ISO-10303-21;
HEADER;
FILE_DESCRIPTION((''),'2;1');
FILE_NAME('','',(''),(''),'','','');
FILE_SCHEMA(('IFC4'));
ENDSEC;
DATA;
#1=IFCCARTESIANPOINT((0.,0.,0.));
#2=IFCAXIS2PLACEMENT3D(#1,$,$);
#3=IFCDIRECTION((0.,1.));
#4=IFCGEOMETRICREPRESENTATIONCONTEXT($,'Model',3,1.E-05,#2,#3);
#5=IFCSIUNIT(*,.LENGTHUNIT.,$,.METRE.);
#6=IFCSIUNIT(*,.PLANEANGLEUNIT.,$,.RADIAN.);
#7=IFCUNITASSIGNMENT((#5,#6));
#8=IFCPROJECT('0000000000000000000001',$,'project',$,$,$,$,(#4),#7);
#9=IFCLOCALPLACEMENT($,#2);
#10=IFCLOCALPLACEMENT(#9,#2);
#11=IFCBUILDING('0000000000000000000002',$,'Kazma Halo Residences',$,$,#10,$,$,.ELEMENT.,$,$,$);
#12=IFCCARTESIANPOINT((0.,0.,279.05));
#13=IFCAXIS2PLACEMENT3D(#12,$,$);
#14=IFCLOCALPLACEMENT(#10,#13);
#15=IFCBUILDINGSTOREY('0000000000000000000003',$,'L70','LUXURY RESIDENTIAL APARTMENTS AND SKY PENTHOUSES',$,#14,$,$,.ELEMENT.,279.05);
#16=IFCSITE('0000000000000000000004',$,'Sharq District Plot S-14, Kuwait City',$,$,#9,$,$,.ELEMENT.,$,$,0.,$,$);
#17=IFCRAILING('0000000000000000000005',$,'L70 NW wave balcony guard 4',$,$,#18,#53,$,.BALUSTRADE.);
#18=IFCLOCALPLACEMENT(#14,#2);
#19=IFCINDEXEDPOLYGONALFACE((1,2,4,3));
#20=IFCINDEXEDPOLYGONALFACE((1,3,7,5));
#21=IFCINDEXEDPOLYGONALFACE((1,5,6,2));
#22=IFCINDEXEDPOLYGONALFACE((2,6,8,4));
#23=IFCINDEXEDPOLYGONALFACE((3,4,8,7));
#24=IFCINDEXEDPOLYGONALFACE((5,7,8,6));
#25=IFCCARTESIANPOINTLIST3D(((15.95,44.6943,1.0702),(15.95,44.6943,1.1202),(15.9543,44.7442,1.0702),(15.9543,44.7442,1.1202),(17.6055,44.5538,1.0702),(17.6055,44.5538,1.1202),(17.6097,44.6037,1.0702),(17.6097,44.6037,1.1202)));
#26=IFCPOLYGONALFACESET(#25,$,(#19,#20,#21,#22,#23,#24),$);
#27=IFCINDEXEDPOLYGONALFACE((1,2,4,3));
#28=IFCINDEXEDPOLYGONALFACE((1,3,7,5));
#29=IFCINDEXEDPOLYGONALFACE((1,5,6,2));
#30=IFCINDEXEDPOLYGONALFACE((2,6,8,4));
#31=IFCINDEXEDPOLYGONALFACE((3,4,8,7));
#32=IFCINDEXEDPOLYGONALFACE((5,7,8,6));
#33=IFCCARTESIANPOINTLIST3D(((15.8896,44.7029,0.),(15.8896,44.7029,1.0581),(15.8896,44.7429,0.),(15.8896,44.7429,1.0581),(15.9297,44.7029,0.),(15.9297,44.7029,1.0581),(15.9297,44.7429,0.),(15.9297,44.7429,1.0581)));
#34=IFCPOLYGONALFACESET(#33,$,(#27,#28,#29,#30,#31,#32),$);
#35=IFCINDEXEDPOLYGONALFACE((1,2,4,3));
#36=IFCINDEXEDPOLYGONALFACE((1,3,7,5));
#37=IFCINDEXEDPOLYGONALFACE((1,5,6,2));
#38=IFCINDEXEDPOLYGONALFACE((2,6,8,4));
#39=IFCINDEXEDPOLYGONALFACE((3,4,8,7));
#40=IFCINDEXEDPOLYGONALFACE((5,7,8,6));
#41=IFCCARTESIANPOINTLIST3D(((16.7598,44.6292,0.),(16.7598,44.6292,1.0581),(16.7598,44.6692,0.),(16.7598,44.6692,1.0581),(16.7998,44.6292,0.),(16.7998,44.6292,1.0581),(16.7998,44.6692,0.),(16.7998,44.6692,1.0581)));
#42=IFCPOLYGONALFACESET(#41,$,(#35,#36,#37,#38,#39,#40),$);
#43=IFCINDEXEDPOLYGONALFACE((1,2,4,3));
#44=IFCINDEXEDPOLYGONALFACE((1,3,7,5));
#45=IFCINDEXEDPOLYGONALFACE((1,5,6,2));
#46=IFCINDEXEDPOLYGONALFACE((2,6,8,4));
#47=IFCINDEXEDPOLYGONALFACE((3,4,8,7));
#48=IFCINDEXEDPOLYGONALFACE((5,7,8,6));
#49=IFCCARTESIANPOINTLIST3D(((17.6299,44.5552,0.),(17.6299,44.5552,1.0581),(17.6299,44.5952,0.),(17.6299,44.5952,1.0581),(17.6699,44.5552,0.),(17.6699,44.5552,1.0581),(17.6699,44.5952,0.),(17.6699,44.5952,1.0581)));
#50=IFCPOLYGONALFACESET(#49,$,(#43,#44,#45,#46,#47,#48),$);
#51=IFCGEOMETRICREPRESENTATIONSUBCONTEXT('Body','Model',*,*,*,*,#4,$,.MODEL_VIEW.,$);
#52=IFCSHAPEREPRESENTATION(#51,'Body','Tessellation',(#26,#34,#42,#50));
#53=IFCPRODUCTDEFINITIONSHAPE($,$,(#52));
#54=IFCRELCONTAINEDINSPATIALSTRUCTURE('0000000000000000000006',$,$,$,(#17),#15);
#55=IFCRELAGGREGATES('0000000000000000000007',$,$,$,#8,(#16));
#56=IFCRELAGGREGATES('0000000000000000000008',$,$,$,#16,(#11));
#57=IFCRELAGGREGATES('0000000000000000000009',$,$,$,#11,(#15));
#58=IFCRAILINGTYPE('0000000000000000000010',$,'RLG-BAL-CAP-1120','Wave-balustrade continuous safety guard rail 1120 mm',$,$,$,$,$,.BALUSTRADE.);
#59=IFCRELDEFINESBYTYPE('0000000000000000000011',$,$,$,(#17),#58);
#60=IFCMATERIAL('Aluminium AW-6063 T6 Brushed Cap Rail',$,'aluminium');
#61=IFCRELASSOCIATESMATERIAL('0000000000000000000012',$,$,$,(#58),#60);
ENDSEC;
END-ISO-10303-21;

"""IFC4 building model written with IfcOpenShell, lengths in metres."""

from ifc_helpers import new_model, si_unit, direction, frame, origin, origin_2d, place, context, subcontext, project, spatial, rectangle, extrude, material, type_object, element, save


model = new_model("IFC4")

# Units and contexts
model_context = context("Model", 3, precision=1e-05, world=origin(), true_north=direction((0.0, 1.0)))
body_context = subcontext(model_context, "Body", "Model", "MODEL_VIEW")
ifc_project = project(units=[si_unit("LENGTHUNIT", "METRE"), si_unit("PLANEANGLEUNIT", "RADIAN")], contexts=[model_context])

# Site, building, storey
site_placement = place(None, origin())
site = spatial("IfcSite", under=ifc_project, at=site_placement, Name="Sharq District Plot S-14, Kuwait City", CompositionType="ELEMENT", RefElevation=0.0)
building_placement = place(site_placement, origin())
building = spatial("IfcBuilding", under=site, at=building_placement, Name="Kazma Halo Residences", CompositionType="ELEMENT")
storey_placement = place(building_placement, frame((0.0, 0.0, 279.05)))
storey = spatial("IfcBuildingStorey", under=building, at=storey_placement, Name="L70", Description="LUXURY RESIDENTIAL APARTMENTS AND SKY PENTHOUSES", CompositionType="ELEMENT", Elevation=279.05)

# Railing
ifc_material_1 = material(Name="Aluminium AW-6063 T6 Brushed Cap Rail", Category="aluminium")
railing_type = type_object("IfcRailingType", Name="RLG-BAL-CAP-1120", Description="Wave-balustrade continuous safety guard rail 1120 mm", PredefinedType="BALUSTRADE", material=ifc_material_1)
railing_placement = place(storey_placement, frame((15.9097, 44.7229, 0.0)))
element("IfcRailing", 1, at=railing_placement, inside=storey, type_object=railing_type, Name="L70 NW wave balcony guard 4", PredefinedType="BALUSTRADE", context=body_context, shape_type="SweptSolid", body=[
    extrude(rectangle(XDim=0.05, YDim=0.05, at=origin_2d()), frame((0.0425, -0.0037, 1.0952), z_axis=(0.996417, -0.084572, 0.0), x_axis=(0.084572, 0.996417, 0.0)), (0.0, 0.0, 1.0), 1.6614),
    extrude(rectangle(XDim=0.04, YDim=0.04, at=origin_2d()), origin(), (0.0, 0.0, 1.0), 1.0581),
    extrude(rectangle(XDim=0.04, YDim=0.04, at=origin_2d()), frame((0.8701, -0.0737, 0.0)), (0.0, 0.0, 1.0), 1.0581),
    extrude(rectangle(XDim=0.04, YDim=0.04, at=origin_2d()), frame((1.7402, -0.1477, 0.0)), (0.0, 0.0, 1.0), 1.0581),
])

save(model, "model.ifc")
